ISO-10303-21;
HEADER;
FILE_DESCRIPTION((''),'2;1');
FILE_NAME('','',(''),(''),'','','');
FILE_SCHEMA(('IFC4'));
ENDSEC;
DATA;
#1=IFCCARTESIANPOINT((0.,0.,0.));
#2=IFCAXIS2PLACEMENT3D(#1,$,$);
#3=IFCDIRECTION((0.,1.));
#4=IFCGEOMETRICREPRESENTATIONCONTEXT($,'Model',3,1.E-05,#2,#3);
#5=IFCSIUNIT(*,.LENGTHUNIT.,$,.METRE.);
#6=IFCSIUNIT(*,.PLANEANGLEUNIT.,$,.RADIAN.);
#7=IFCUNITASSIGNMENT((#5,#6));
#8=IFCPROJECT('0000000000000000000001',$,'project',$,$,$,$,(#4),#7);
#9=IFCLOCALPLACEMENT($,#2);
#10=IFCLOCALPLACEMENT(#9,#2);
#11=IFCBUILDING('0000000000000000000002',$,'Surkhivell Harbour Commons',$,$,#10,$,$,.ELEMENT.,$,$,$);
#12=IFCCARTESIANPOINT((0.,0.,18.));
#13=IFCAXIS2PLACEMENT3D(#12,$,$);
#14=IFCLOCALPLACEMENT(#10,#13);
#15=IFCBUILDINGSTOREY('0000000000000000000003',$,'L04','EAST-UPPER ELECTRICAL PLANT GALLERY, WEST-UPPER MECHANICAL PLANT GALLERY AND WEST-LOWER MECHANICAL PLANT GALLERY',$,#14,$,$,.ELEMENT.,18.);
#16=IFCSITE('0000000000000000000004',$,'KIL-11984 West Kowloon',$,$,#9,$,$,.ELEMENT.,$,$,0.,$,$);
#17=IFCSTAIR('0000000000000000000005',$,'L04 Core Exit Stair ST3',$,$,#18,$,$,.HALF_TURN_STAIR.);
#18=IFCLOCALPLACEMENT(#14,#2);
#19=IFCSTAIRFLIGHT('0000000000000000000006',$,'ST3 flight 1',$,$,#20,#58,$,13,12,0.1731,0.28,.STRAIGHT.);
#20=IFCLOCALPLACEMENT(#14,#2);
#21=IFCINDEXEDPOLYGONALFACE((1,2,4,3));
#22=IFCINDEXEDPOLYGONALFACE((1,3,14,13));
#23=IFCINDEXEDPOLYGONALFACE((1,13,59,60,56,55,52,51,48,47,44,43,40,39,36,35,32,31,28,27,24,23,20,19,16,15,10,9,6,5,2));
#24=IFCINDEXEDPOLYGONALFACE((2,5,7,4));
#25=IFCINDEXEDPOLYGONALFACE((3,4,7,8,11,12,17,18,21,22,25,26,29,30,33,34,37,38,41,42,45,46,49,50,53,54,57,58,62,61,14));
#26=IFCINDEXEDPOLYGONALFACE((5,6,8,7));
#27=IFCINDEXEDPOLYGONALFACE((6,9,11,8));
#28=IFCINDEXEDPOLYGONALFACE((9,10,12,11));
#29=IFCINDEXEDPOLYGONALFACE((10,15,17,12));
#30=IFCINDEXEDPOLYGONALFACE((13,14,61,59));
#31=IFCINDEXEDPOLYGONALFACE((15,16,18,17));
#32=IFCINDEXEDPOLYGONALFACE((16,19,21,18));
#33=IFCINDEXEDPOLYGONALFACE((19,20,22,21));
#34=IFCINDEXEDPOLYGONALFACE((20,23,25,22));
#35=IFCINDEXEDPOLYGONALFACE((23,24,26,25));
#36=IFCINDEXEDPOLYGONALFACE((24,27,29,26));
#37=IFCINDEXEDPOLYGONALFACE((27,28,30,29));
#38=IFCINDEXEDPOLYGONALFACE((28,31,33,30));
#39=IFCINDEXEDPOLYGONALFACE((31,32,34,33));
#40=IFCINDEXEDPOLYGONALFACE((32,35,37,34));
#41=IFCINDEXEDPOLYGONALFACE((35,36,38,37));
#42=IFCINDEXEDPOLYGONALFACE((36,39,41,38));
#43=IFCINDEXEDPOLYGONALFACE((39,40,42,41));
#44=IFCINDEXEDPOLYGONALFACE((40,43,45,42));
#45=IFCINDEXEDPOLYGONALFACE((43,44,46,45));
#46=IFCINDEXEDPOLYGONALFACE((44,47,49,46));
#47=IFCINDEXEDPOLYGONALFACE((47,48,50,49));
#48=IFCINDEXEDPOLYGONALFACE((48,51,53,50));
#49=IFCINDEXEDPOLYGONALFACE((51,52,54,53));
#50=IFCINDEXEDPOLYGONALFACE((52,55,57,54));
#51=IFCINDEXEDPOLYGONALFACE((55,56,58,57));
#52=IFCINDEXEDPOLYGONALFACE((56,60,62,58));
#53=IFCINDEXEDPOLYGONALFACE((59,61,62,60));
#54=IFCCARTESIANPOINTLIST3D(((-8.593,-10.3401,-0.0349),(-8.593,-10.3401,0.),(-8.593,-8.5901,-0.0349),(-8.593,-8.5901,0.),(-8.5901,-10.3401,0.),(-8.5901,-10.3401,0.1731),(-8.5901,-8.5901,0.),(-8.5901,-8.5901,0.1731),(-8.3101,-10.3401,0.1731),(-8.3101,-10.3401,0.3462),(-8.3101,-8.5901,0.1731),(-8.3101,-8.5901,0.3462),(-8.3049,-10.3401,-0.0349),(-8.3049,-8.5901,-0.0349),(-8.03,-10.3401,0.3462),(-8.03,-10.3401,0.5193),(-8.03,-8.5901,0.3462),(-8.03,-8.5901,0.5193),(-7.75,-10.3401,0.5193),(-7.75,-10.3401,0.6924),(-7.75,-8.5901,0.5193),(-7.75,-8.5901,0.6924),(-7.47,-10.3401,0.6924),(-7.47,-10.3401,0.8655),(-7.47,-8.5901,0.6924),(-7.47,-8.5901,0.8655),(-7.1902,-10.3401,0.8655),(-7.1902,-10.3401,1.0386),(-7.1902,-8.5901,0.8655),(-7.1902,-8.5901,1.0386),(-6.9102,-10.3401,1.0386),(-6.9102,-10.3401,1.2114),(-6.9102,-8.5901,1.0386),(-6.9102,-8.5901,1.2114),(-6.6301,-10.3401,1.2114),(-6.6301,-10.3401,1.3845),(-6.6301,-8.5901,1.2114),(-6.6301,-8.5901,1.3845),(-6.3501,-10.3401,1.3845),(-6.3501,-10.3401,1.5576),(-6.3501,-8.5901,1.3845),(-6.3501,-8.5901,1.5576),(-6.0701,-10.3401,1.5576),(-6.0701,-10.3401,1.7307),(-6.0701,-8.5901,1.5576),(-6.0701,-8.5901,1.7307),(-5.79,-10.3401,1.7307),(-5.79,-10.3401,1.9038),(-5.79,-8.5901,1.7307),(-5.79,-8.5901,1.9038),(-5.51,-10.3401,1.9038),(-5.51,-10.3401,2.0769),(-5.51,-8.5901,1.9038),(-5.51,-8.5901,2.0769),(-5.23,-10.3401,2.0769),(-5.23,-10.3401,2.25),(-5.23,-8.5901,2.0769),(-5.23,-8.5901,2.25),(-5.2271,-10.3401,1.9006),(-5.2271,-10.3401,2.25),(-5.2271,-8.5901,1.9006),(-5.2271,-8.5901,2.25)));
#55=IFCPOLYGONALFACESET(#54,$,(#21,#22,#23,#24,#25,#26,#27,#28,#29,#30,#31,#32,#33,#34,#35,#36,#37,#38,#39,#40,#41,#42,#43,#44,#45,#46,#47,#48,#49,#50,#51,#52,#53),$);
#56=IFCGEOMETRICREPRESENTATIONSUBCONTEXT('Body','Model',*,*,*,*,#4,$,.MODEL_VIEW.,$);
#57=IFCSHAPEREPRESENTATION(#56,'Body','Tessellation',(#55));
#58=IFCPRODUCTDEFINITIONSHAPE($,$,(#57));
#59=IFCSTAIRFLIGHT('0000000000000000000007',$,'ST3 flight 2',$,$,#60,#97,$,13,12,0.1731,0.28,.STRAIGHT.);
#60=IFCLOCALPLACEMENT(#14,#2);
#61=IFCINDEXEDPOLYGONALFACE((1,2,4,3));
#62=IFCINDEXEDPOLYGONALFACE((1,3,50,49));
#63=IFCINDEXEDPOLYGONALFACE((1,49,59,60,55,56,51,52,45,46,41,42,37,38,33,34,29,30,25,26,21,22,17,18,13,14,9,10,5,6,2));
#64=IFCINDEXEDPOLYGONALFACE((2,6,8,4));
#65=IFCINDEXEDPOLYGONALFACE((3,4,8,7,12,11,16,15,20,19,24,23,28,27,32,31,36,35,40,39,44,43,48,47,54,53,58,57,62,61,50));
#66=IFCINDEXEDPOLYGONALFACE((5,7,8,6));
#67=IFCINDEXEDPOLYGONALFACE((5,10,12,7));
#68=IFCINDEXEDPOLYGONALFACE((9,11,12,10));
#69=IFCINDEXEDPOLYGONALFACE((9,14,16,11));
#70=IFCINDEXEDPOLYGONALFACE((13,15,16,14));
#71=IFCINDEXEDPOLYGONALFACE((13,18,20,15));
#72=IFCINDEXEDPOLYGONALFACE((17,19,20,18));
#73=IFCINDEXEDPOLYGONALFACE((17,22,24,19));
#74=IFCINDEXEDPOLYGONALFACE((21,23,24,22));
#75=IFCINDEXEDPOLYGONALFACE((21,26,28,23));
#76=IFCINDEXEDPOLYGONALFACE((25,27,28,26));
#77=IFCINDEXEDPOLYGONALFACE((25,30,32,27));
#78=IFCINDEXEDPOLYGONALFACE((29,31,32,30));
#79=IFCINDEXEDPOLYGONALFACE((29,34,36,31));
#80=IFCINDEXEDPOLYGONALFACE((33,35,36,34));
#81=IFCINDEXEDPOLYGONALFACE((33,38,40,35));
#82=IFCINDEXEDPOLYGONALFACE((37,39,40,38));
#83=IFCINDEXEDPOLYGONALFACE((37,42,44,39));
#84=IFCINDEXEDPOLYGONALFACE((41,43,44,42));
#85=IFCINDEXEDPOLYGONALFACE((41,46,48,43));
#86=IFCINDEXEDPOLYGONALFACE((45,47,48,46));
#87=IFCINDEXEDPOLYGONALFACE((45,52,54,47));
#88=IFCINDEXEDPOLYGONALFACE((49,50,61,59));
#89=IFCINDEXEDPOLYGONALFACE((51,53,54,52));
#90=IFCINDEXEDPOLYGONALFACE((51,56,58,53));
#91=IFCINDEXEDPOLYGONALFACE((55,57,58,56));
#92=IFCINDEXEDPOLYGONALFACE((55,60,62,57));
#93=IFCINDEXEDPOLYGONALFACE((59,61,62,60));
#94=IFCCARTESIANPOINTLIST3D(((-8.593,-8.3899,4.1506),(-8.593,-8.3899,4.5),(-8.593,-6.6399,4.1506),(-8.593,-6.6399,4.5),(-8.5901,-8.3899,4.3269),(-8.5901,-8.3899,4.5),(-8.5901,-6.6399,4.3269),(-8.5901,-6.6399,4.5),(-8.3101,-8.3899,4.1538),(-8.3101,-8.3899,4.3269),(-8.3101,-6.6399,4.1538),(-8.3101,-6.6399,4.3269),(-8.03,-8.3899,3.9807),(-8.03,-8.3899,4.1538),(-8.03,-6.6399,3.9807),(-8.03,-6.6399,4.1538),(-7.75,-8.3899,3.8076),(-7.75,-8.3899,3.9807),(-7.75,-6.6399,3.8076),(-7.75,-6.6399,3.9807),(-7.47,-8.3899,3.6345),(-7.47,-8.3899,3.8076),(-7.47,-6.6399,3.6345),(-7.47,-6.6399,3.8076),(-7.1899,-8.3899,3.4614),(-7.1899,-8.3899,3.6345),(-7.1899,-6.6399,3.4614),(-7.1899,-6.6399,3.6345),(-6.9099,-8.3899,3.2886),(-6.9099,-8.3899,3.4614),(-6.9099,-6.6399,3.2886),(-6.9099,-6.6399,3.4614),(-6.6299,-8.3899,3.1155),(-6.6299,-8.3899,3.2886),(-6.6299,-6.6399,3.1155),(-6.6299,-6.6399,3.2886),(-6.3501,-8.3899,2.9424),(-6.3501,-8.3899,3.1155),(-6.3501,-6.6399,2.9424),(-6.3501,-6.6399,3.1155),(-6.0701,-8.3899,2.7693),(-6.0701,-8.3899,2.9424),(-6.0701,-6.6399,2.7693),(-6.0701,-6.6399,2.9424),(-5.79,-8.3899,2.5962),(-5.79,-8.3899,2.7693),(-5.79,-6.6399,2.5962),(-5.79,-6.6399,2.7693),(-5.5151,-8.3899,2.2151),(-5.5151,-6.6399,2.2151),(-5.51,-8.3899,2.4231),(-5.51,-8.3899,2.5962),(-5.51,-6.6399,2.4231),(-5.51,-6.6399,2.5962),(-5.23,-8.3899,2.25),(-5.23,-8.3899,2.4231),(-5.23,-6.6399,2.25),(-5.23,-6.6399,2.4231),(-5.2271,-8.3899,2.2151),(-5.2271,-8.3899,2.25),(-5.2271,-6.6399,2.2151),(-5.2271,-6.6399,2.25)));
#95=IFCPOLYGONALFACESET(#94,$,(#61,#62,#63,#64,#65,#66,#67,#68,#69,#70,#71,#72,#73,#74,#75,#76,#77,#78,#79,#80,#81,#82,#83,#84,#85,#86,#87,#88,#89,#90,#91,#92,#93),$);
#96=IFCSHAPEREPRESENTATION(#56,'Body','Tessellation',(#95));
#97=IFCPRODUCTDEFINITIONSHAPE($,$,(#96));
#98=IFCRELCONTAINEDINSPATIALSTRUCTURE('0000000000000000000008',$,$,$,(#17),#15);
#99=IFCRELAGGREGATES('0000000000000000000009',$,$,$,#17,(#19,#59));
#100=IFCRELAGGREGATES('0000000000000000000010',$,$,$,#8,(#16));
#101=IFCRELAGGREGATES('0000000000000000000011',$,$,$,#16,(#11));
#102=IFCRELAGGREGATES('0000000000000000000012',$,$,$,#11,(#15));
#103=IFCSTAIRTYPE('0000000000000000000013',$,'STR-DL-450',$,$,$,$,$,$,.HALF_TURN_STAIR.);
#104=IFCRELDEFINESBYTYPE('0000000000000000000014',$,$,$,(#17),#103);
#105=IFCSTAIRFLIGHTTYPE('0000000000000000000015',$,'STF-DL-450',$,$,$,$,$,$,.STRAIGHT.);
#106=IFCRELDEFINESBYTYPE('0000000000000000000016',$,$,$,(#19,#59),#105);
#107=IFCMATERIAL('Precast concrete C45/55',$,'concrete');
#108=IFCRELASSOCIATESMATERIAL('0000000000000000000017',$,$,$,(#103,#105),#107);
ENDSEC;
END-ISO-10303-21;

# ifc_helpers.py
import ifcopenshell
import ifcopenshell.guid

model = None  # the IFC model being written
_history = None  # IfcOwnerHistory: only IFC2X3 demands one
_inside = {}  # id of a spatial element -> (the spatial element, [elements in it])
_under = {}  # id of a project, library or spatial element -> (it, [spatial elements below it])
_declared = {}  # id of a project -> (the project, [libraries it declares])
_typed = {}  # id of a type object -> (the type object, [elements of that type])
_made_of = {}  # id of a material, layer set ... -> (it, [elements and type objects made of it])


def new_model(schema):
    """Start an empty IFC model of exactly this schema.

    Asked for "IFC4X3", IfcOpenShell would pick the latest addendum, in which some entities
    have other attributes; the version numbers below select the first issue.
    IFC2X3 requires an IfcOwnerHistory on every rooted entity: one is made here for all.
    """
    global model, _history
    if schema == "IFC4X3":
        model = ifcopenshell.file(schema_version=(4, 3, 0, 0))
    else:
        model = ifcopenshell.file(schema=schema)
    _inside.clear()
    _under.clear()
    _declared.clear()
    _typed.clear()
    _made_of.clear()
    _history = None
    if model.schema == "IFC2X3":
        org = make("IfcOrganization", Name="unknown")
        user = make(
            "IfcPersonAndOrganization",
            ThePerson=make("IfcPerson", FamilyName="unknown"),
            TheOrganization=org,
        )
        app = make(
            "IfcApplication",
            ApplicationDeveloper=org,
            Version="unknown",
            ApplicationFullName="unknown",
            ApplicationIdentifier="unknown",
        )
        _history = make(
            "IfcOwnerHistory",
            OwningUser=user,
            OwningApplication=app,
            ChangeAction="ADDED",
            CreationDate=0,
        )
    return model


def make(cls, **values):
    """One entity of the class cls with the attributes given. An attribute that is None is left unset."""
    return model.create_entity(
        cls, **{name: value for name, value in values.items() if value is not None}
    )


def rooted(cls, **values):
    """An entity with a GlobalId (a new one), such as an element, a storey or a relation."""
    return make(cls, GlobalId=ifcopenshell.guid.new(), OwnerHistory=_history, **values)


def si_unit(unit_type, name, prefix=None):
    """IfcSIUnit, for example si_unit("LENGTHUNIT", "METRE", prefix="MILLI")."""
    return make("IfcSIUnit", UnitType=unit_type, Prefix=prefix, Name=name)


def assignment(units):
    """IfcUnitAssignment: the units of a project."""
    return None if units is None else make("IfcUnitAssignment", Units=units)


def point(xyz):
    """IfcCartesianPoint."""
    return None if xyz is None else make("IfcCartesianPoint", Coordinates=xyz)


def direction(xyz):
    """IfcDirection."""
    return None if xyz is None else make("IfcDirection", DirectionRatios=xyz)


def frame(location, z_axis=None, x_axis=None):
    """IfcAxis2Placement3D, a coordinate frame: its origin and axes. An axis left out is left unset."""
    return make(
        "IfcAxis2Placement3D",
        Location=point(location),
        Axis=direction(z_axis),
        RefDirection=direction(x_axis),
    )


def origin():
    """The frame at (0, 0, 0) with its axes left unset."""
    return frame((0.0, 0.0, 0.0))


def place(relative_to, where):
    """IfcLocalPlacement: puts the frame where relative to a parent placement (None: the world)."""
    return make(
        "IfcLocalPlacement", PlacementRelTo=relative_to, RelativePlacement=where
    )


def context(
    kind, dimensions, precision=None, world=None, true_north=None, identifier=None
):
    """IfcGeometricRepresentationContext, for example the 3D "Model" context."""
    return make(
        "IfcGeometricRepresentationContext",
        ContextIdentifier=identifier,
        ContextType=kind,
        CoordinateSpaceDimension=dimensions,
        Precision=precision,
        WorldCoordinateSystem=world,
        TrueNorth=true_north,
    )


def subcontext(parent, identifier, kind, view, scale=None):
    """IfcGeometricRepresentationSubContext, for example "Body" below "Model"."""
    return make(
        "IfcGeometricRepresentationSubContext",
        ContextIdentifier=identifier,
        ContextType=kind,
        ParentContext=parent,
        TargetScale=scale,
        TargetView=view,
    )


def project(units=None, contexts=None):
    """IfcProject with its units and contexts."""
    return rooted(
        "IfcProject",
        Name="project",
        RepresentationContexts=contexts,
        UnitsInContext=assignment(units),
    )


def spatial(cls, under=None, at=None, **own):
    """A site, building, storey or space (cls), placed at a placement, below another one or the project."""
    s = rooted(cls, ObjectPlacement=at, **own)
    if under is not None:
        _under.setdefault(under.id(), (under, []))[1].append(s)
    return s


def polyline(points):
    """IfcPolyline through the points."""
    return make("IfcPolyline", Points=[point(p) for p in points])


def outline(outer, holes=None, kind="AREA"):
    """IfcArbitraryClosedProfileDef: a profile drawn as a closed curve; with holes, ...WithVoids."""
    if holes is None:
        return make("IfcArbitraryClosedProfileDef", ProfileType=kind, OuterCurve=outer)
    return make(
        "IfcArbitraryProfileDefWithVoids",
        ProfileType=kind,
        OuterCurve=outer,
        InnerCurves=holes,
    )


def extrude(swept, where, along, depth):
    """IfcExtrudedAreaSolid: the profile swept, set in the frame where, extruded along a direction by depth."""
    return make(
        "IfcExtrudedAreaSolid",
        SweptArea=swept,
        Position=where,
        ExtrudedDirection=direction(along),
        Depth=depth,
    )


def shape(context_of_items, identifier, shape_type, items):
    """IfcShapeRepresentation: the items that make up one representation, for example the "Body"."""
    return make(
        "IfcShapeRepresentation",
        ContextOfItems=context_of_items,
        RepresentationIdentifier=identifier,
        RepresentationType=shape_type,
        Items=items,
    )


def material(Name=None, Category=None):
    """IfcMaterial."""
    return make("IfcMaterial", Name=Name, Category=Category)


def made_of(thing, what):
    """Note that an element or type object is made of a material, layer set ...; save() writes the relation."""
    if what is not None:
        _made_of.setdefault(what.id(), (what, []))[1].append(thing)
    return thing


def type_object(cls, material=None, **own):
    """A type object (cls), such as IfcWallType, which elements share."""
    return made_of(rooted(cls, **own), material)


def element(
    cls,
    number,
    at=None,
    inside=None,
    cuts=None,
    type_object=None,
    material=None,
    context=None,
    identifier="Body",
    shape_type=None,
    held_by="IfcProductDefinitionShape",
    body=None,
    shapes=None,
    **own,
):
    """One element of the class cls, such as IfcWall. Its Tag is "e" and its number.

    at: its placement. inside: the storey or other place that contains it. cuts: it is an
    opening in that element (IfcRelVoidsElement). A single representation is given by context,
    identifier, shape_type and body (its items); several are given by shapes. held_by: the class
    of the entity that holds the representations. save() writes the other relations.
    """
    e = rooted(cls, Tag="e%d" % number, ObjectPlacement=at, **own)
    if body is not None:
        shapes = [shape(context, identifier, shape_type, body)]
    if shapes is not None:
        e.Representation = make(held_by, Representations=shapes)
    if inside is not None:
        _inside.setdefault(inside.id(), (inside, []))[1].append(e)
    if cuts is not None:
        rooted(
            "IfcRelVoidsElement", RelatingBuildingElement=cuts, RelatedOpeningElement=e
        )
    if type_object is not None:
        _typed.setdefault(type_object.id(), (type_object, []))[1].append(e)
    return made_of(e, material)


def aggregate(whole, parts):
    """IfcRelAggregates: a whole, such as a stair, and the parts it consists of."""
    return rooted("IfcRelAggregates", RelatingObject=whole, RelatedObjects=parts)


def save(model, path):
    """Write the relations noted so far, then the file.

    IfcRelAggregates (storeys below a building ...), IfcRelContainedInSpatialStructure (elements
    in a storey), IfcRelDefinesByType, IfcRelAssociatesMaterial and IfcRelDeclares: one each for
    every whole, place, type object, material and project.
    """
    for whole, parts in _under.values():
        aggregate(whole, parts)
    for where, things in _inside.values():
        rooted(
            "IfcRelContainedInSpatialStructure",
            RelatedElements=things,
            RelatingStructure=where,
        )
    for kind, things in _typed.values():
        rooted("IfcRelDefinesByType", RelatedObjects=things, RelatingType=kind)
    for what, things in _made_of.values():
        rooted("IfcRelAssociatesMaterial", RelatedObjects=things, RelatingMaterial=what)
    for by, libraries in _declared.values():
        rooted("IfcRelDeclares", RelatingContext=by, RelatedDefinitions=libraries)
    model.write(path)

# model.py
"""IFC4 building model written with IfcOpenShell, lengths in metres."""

from ifc_helpers import new_model, si_unit, direction, frame, origin, place, context, subcontext, project, spatial, polyline, outline, extrude, material, type_object, element, aggregate, save


model = new_model("IFC4")

# Units and contexts
model_context = context("Model", 3, precision=1e-05, world=origin(), true_north=direction((0.0, 1.0)))
body_context = subcontext(model_context, "Body", "Model", "MODEL_VIEW")
ifc_project = project(units=[si_unit("LENGTHUNIT", "METRE"), si_unit("PLANEANGLEUNIT", "RADIAN")], contexts=[model_context])

# Site, building, storey
site_placement = place(None, origin())
site = spatial("IfcSite", under=ifc_project, at=site_placement, Name="KIL-11984 West Kowloon", CompositionType="ELEMENT", RefElevation=0.0)
building_placement = place(site_placement, origin())
building = spatial("IfcBuilding", under=site, at=building_placement, Name="Surkhivell Harbour Commons", CompositionType="ELEMENT")
storey_placement = place(building_placement, frame((0.0, 0.0, 18.0)))
storey = spatial("IfcBuildingStorey", under=building, at=storey_placement, Name="L04", Description="EAST-UPPER ELECTRICAL PLANT GALLERY, WEST-UPPER MECHANICAL PLANT GALLERY AND WEST-LOWER MECHANICAL PLANT GALLERY", CompositionType="ELEMENT", Elevation=18.0)

# Stair, stair flights
ifc_material_1 = material(Name="Precast concrete C45/55", Category="concrete")
stair_type = type_object("IfcStairType", Name="STR-DL-450", PredefinedType="HALF_TURN_STAIR", material=ifc_material_1)
stair_placement = place(storey_placement, origin())
stair = element("IfcStair", 1, at=stair_placement, inside=storey, type_object=stair_type, Name="L04 Core Exit Stair ST3", PredefinedType="HALF_TURN_STAIR")
stair_flight_type = type_object("IfcStairFlightType", Name="STF-DL-450", PredefinedType="STRAIGHT", material=ifc_material_1)
stair_flight_1_placement = place(storey_placement, frame((-8.5901, -9.4651, 0.0), z_axis=(0.0, 0.0, 1.0), x_axis=(1.0, 0.0, 0.0)))
stair_flight_1 = element("IfcStairFlight", 2, at=stair_flight_1_placement, type_object=stair_flight_type, Name="ST3 flight 1", NumberOfRisers=13, NumberOfTreads=12, PredefinedType="STRAIGHT", RiserHeight=0.1731, TreadLength=0.28, context=body_context, shape_type="SweptSolid", body=[
    extrude(outline(polyline([(-0.0029, -0.0349), (-0.0029, 0.0), (0.0, 0.0), (0.0, 0.1731), (0.28, 0.1731), (0.28, 0.3462), (0.5601, 0.3462), (0.5601, 0.5193), (0.8401, 0.5193), (0.8401, 0.6924), (1.1201, 0.6924), (1.1201, 0.8655), (1.3999, 0.8655), (1.3999, 1.0386), (1.6799, 1.0386), (1.6799, 1.2114), (1.96, 1.2114), (1.96, 1.3845), (2.24, 1.3845), (2.24, 1.5576), (2.52, 1.5576), (2.52, 1.7307), (2.8, 1.7307), (2.8, 1.9038), (3.0801, 1.9038), (3.0801, 2.0769), (3.3601, 2.0769), (3.3601, 2.25), (3.363, 2.25), (3.363, 1.9006), (0.2852, -0.0349), (-0.0029, -0.0349)])), frame((0.0, 0.875, 0.0), z_axis=(0.0, -1.0, 0.0), x_axis=(1.0, 0.0, 0.0)), (0.0, 0.0, 1.0), 1.75),
])
stair_flight_2_placement = place(storey_placement, frame((-5.23, -7.5149, 2.25), z_axis=(0.0, 0.0, 1.0), x_axis=(-1.0, 0.0, 0.0)))
stair_flight_2 = element("IfcStairFlight", 3, at=stair_flight_2_placement, type_object=stair_flight_type, Name="ST3 flight 2", NumberOfRisers=13, NumberOfTreads=12, PredefinedType="STRAIGHT", RiserHeight=0.1731, TreadLength=0.28, context=body_context, shape_type="SweptSolid", body=[
    extrude(outline(polyline([(-0.0029, -0.0349), (-0.0029, 0.0), (0.0, 0.0), (0.0, 0.1731), (0.28, 0.1731), (0.28, 0.3462), (0.5601, 0.3462), (0.5601, 0.5193), (0.8401, 0.5193), (0.8401, 0.6924), (1.1201, 0.6924), (1.1201, 0.8655), (1.3999, 0.8655), (1.3999, 1.0386), (1.6799, 1.0386), (1.6799, 1.2114), (1.96, 1.2114), (1.96, 1.3845), (2.24, 1.3845), (2.24, 1.5576), (2.52, 1.5576), (2.52, 1.7307), (2.8, 1.7307), (2.8, 1.9038), (3.0801, 1.9038), (3.0801, 2.0769), (3.3601, 2.0769), (3.3601, 2.25), (3.363, 2.25), (3.363, 1.9006), (0.2852, -0.0349), (-0.0029, -0.0349)])), frame((0.0, 0.875, 0.0), z_axis=(0.0, -1.0, 0.0), x_axis=(1.0, 0.0, 0.0)), (0.0, 0.0, 1.0), 1.75),
])
aggregate(stair, [stair_flight_1, stair_flight_2])

save(model, "model.ifc")
